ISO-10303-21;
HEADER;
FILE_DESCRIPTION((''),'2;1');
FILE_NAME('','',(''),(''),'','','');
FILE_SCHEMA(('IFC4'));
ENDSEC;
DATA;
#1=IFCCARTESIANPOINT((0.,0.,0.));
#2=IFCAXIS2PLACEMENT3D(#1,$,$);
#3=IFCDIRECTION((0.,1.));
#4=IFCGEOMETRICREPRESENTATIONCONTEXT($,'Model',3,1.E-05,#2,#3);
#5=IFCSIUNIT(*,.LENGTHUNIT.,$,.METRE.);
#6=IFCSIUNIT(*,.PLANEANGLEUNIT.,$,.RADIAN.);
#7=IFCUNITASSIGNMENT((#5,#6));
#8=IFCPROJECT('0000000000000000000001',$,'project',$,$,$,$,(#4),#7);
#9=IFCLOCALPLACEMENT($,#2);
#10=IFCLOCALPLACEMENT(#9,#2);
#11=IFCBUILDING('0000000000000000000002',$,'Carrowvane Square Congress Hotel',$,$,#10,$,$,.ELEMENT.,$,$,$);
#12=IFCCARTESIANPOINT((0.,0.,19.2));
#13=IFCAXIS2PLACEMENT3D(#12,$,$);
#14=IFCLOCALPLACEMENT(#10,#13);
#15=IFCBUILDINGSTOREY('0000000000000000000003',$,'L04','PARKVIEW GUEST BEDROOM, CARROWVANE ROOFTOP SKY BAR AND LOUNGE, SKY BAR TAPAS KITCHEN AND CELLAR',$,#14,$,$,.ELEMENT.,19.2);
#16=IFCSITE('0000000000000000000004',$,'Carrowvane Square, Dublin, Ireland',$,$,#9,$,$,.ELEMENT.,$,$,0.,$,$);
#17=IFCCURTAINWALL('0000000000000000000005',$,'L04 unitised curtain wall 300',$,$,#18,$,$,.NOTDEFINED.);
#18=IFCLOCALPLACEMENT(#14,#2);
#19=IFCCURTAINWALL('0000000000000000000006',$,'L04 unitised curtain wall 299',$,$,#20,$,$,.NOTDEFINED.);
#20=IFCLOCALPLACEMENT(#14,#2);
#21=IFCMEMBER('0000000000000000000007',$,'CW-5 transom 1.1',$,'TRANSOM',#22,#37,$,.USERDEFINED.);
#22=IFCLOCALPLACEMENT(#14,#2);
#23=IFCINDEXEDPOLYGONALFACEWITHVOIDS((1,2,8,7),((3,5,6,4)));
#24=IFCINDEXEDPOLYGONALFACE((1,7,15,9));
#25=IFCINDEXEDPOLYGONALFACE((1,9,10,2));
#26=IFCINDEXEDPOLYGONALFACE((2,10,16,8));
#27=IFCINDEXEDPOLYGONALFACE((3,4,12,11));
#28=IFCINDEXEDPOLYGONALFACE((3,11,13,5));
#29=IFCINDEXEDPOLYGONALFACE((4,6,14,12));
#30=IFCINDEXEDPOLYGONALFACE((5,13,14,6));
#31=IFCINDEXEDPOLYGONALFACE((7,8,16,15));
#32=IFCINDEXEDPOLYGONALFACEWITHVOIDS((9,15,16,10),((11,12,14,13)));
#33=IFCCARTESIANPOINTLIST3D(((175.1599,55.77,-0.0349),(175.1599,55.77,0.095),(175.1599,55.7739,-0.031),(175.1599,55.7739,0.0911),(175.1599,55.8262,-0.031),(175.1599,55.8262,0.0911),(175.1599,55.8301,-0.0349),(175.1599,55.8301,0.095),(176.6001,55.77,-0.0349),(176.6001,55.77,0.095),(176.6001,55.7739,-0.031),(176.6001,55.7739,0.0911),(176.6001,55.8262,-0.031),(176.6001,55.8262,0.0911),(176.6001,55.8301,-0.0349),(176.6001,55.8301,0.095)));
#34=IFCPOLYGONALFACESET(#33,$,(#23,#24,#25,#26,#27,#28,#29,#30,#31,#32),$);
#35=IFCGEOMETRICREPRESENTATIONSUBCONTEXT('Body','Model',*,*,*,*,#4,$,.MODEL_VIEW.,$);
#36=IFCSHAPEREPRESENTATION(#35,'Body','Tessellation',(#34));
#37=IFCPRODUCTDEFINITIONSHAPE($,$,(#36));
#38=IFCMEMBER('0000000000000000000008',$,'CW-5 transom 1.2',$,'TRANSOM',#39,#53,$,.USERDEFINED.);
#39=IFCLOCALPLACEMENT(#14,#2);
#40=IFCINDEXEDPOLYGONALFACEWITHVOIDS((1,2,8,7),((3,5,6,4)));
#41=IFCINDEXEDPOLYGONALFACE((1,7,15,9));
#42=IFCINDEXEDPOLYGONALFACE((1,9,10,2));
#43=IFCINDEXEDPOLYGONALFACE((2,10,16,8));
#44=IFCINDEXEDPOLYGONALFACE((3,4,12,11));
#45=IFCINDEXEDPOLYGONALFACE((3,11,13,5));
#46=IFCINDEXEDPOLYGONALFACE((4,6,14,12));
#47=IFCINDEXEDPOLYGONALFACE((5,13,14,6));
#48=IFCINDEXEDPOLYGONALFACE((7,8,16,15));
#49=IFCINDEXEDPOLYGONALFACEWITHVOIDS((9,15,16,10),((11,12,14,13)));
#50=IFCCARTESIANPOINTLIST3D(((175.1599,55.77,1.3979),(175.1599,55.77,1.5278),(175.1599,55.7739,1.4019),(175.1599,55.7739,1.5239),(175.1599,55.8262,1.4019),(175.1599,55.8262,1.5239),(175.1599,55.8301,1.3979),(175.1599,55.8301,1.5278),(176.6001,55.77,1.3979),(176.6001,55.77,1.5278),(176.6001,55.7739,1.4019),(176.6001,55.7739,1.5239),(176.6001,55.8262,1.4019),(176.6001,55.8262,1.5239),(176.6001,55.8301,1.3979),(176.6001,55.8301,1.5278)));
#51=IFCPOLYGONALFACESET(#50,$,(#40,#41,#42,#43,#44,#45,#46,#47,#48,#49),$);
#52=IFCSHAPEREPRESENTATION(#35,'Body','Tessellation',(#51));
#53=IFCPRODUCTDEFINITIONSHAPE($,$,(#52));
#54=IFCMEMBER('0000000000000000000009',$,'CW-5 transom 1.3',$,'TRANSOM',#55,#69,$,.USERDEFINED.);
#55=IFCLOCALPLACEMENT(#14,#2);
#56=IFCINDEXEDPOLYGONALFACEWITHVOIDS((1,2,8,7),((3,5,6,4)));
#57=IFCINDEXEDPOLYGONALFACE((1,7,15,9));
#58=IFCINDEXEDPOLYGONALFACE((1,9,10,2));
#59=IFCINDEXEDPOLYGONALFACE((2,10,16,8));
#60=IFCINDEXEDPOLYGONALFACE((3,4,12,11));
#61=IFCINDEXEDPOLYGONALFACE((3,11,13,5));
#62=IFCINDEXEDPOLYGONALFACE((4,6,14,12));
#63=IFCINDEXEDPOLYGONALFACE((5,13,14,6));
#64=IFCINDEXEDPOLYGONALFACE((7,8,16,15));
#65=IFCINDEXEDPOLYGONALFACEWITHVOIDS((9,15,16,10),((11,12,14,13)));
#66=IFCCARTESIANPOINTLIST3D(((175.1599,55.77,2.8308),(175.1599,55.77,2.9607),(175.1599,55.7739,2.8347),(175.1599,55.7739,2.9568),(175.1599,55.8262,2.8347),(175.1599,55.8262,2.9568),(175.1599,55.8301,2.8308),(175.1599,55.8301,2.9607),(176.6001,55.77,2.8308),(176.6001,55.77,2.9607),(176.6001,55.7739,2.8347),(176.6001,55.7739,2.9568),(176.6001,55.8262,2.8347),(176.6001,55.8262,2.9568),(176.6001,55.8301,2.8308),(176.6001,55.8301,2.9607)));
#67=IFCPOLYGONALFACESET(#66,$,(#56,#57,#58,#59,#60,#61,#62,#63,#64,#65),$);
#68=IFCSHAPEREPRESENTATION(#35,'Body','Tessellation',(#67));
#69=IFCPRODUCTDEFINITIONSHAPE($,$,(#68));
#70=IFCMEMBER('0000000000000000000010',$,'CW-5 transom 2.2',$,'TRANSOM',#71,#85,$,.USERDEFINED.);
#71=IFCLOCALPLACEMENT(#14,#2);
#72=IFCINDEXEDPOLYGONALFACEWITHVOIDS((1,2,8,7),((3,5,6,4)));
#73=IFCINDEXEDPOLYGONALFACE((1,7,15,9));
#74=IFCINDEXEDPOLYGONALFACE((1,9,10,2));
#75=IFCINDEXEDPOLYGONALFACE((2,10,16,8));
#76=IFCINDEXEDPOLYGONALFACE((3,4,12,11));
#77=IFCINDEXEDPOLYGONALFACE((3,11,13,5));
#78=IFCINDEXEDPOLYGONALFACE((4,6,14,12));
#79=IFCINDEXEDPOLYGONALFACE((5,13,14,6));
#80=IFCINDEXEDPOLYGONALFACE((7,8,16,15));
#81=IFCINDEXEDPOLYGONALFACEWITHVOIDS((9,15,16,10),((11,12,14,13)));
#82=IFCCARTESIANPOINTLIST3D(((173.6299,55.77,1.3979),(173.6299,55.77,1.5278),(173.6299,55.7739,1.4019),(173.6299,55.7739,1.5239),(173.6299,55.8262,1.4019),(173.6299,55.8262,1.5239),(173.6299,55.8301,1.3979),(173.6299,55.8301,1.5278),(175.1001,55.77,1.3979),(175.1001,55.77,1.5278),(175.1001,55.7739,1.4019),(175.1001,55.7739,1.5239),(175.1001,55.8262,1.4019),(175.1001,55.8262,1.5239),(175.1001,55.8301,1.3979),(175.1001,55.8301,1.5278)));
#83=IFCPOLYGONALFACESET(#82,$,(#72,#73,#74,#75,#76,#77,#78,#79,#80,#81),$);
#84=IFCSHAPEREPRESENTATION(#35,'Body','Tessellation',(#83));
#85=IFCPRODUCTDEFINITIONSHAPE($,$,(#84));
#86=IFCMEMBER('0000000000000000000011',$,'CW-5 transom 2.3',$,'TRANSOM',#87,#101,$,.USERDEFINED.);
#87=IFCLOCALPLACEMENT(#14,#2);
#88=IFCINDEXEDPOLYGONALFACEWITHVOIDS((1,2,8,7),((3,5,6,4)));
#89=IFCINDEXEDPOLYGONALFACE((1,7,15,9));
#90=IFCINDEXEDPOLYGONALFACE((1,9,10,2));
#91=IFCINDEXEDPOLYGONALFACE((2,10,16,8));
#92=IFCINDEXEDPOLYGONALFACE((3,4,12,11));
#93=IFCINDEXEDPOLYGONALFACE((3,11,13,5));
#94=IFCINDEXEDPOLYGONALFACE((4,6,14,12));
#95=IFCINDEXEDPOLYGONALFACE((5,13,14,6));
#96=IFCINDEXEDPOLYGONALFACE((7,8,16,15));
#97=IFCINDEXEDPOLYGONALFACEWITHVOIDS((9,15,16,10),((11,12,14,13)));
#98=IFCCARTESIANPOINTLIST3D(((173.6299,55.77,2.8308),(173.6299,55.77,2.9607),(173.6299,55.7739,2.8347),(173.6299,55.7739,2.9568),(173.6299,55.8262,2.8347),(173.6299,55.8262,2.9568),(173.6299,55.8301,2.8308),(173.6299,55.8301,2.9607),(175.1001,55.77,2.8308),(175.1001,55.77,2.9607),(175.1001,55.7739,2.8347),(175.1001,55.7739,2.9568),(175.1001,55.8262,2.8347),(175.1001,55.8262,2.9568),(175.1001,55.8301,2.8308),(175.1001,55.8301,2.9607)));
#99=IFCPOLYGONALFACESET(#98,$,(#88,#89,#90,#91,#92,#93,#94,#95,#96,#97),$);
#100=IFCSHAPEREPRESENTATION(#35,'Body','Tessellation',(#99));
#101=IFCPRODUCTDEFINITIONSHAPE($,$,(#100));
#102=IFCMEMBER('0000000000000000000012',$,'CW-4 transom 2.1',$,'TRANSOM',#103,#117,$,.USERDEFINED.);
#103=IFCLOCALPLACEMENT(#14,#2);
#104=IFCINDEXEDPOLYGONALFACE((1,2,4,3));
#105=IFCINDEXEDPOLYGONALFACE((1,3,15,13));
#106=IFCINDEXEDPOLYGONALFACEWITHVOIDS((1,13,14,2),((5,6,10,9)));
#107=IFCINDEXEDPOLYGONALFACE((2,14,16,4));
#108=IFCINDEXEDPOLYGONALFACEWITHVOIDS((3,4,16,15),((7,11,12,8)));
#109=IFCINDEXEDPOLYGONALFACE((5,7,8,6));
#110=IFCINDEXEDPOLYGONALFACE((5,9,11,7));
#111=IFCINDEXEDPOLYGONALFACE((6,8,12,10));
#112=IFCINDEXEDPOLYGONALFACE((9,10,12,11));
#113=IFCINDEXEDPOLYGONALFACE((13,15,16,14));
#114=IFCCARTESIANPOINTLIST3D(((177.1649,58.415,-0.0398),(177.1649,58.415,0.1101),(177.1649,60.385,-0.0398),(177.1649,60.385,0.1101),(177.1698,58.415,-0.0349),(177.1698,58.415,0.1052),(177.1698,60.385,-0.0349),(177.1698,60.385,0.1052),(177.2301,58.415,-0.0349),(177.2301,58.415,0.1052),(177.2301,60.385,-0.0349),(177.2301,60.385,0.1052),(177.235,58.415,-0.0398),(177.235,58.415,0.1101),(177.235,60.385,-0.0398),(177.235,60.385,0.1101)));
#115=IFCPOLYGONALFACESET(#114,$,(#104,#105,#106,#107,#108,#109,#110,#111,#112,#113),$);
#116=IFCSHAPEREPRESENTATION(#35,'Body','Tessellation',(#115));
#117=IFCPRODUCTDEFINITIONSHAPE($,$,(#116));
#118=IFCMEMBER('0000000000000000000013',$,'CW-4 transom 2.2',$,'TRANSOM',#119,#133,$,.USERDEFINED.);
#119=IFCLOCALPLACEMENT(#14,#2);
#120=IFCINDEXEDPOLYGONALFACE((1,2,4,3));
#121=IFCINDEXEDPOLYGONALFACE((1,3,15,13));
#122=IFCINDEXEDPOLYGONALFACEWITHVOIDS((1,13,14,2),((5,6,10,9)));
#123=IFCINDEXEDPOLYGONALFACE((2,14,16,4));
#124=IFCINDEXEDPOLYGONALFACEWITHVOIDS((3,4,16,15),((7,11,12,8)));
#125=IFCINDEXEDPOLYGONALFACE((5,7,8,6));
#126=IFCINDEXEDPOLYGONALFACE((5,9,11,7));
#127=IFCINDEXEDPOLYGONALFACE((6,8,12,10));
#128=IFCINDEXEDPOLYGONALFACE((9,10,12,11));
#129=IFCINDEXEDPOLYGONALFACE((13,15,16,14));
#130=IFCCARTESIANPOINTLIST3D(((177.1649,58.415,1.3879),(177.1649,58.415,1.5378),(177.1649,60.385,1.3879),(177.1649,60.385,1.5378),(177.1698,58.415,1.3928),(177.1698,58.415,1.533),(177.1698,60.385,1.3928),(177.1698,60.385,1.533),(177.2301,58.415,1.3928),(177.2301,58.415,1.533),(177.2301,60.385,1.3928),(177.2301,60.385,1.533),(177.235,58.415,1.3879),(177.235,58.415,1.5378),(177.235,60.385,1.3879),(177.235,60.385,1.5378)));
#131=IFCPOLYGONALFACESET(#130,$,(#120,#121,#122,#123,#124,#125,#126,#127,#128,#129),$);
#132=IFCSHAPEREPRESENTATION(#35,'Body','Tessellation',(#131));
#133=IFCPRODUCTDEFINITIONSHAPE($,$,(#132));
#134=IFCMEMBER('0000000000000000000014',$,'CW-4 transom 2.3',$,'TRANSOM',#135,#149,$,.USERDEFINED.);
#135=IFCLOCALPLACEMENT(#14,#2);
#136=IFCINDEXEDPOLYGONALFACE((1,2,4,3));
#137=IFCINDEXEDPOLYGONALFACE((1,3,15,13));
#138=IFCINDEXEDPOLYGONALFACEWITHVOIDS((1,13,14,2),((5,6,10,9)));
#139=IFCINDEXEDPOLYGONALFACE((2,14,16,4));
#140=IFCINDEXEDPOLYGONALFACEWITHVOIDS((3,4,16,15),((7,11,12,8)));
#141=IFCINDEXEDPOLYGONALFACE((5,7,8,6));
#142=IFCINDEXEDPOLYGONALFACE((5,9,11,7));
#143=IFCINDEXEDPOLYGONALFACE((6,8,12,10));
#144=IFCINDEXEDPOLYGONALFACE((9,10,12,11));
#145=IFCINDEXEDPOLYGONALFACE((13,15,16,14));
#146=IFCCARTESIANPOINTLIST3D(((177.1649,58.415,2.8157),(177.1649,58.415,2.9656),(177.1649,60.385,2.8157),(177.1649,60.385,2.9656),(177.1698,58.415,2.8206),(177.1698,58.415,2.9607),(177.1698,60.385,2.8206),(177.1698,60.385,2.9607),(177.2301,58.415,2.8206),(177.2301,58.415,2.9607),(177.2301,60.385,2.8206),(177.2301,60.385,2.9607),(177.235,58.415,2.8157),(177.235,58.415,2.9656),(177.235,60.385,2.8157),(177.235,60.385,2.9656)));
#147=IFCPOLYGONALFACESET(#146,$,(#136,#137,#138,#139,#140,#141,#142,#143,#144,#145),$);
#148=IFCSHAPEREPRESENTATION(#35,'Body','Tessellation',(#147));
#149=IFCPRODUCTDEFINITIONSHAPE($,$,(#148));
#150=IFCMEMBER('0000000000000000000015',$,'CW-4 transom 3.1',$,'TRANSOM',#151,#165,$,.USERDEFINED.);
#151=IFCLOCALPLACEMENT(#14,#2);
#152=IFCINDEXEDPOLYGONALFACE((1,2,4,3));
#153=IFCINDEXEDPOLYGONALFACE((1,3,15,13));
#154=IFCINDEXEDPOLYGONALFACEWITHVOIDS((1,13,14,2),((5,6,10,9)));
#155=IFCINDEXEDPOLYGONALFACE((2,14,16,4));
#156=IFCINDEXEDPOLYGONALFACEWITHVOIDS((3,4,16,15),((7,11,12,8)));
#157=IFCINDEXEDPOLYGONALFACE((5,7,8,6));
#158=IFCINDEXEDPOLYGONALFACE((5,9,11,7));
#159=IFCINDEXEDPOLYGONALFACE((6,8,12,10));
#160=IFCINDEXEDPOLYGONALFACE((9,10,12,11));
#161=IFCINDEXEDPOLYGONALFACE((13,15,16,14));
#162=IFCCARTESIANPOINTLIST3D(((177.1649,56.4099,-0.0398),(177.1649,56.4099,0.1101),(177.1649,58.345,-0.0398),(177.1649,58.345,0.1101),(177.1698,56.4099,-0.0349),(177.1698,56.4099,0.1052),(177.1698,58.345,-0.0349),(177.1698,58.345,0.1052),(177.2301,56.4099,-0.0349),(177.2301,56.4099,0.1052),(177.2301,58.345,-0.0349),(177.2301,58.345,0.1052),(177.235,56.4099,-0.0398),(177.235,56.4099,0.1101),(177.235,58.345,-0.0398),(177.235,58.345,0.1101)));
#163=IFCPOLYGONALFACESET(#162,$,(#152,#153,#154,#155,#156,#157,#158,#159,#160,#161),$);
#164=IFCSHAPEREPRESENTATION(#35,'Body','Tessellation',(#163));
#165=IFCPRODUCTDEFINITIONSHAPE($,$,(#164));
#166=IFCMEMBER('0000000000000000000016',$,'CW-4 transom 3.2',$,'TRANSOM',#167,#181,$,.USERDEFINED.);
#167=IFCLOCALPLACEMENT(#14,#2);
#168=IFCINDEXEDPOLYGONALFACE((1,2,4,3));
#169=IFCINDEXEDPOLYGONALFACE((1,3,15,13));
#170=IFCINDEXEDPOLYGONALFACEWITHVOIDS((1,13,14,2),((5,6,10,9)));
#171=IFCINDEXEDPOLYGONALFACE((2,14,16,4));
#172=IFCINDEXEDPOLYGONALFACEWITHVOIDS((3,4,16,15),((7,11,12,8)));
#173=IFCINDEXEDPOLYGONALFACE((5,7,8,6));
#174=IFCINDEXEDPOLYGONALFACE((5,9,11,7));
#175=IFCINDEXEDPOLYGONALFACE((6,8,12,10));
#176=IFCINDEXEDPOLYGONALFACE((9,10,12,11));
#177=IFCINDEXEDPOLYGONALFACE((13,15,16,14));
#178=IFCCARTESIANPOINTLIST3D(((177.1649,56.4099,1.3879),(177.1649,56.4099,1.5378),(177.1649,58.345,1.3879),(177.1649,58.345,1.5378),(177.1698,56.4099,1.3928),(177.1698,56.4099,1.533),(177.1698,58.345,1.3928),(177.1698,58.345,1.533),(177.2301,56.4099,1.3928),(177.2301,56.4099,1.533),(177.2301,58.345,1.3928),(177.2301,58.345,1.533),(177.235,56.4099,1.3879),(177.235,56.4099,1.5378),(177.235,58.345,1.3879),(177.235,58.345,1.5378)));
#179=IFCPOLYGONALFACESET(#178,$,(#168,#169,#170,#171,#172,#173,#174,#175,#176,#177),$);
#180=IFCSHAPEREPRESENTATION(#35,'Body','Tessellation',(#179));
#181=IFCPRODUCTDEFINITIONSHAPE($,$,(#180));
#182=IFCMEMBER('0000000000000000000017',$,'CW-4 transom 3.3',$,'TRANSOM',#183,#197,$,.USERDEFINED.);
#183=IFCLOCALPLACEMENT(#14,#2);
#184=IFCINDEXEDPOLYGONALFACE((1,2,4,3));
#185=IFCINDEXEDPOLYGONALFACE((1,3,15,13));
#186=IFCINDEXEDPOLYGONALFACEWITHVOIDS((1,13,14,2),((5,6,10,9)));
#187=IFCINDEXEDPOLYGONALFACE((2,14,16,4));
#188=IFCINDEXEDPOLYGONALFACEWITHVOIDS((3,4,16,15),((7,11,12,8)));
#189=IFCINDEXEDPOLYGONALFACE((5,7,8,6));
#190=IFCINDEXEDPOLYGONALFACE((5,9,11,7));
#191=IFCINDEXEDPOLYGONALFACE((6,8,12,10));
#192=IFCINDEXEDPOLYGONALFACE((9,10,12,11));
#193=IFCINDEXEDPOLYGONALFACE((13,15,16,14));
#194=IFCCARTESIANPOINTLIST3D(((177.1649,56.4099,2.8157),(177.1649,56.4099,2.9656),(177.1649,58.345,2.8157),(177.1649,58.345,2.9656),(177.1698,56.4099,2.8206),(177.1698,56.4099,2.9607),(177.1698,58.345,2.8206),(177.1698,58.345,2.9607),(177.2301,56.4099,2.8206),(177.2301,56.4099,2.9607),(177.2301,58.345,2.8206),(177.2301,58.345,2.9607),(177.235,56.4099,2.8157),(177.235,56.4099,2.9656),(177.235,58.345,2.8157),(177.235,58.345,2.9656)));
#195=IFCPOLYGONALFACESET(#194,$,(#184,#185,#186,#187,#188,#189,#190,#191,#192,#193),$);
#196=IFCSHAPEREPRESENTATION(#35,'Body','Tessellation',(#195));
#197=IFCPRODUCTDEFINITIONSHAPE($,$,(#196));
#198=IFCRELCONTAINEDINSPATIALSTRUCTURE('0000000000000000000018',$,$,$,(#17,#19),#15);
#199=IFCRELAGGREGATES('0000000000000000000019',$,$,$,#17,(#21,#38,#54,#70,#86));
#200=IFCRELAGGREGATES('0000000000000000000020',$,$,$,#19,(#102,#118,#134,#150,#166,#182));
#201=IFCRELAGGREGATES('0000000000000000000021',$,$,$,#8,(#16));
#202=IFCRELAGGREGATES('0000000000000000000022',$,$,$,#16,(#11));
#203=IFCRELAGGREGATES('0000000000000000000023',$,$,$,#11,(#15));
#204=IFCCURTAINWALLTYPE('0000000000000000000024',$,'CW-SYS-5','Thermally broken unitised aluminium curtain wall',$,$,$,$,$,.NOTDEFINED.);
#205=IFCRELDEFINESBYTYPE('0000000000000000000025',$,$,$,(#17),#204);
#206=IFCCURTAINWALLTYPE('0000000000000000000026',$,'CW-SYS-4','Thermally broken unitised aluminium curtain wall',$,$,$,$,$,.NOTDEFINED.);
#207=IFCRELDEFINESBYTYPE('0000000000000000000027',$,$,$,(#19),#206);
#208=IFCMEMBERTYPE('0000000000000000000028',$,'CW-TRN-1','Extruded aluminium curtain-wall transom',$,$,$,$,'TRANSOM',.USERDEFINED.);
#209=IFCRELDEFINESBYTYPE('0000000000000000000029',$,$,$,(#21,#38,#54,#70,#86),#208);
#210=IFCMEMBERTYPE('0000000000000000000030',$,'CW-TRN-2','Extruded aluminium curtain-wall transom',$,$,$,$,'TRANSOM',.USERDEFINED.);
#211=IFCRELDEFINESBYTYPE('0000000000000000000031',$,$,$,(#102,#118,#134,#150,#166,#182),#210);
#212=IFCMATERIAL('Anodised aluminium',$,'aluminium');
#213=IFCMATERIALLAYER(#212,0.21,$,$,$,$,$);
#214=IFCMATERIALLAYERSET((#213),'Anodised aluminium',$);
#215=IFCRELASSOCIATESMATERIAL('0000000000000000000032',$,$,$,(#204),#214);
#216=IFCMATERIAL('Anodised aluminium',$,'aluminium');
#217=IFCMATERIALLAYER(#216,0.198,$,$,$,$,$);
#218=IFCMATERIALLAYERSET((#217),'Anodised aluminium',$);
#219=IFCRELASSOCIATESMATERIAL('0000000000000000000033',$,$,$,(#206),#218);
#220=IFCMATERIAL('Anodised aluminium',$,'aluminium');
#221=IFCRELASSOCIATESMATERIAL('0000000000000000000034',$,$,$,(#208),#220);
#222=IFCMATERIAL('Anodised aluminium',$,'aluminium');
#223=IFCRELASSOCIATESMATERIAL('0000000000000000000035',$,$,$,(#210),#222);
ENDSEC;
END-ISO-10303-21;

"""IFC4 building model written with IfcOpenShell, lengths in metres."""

from ifc_helpers import new_model, si_unit, direction, frame, origin, origin_2d, place, context, subcontext, project, spatial, hollow_rectangle, extrude, material, layer, layer_set, material_profile, profile_set, type_object, element, aggregate, save


model = new_model("IFC4")

# Units and contexts
model_context = context("Model", 3, precision=1e-05, world=origin(), true_north=direction((0.0, 1.0)))
body_context = subcontext(model_context, "Body", "Model", "MODEL_VIEW")
ifc_project = project(units=[si_unit("LENGTHUNIT", "METRE"), si_unit("PLANEANGLEUNIT", "RADIAN")], contexts=[model_context])

# Site, building, storey
site_placement = place(None, origin())
site = spatial("IfcSite", under=ifc_project, at=site_placement, Name="Carrowvane Square, Dublin, Ireland", CompositionType="ELEMENT", RefElevation=0.0)
building_placement = place(site_placement, origin())
building = spatial("IfcBuilding", under=site, at=building_placement, Name="Carrowvane Square Congress Hotel", CompositionType="ELEMENT")
storey_placement = place(building_placement, frame((0.0, 0.0, 19.2)))
storey = spatial("IfcBuildingStorey", under=building, at=storey_placement, Name="L04", Description="PARKVIEW GUEST BEDROOM, CARROWVANE ROOFTOP SKY BAR AND LOUNGE, SKY BAR TAPAS KITCHEN AND CELLAR", CompositionType="ELEMENT", Elevation=19.2)

# Curtain walls
ifc_material_1 = material(Name="Anodised aluminium", Category="aluminium")
ifc_layer_1 = layer(ifc_material_1, 0.21)
ifc_layer_set_1 = layer_set([ifc_layer_1], Name="Anodised aluminium")
curtain_wall_type_1 = type_object("IfcCurtainWallType", Name="CW-SYS-5", Description="Thermally broken unitised aluminium curtain wall", PredefinedType="NOTDEFINED", material=ifc_layer_set_1)
curtain_wall_1_placement = place(storey_placement, origin())
curtain_wall_1 = element("IfcCurtainWall", 1, at=curtain_wall_1_placement, inside=storey, type_object=curtain_wall_type_1, Name="L04 unitised curtain wall 300", PredefinedType="NOTDEFINED")
ifc_material_2 = material(Name="Anodised aluminium", Category="aluminium")
ifc_layer_2 = layer(ifc_material_2, 0.198)
ifc_layer_set_2 = layer_set([ifc_layer_2], Name="Anodised aluminium")
curtain_wall_type_2 = type_object("IfcCurtainWallType", Name="CW-SYS-4", Description="Thermally broken unitised aluminium curtain wall", PredefinedType="NOTDEFINED", material=ifc_layer_set_2)
curtain_wall_2_placement = place(storey_placement, origin())
curtain_wall_2 = element("IfcCurtainWall", 2, at=curtain_wall_2_placement, inside=storey, type_object=curtain_wall_type_2, Name="L04 unitised curtain wall 299", PredefinedType="NOTDEFINED")

# Members
ifc_material_3 = material(Name="Anodised aluminium", Category="aluminium")
ifc_material_profile_1 = material_profile(ifc_material_3, hollow_rectangle(XDim=0.0601, YDim=0.1299, WallThickness=0.0039, at=origin_2d()), Name="CW-TR 60x130x4")
ifc_profile_set_1 = profile_set([ifc_material_profile_1], Name="Anodised aluminium")
member_type_1 = type_object("IfcMemberType", Name="CW-TRN-1", Description="Extruded aluminium curtain-wall transom", ElementType="TRANSOM", PredefinedType="USERDEFINED", material=ifc_profile_set_1)
member_1_placement = place(storey_placement, frame((176.6001, 55.8, 0.03), z_axis=(-1.0, 0.0, 0.0), x_axis=(0.0, -1.0, 0.0)))
member_1 = element("IfcMember", 3, at=member_1_placement, type_object=member_type_1, Name="CW-5 transom 1.1", ObjectType="TRANSOM", PredefinedType="USERDEFINED", context=body_context, shape_type="SweptSolid", body=[
    extrude(hollow_rectangle(XDim=0.0601, YDim=0.1299, WallThickness=0.0039, at=origin_2d()), origin(), (0.0, 0.0, 1.0), 1.4402),
])
member_2_placement = place(storey_placement, frame((176.6001, 55.8, 1.4629), z_axis=(-1.0, 0.0, 0.0), x_axis=(0.0, -1.0, 0.0)))
member_2 = element("IfcMember", 4, at=member_2_placement, type_object=member_type_1, Name="CW-5 transom 1.2", ObjectType="TRANSOM", PredefinedType="USERDEFINED", context=body_context, shape_type="SweptSolid", body=[
    extrude(hollow_rectangle(XDim=0.0601, YDim=0.1299, WallThickness=0.0039, at=origin_2d()), origin(), (0.0, 0.0, 1.0), 1.4402),
])
member_3_placement = place(storey_placement, frame((176.6001, 55.8, 2.8958), z_axis=(-1.0, 0.0, 0.0), x_axis=(0.0, -1.0, 0.0)))
member_3 = element("IfcMember", 5, at=member_3_placement, type_object=member_type_1, Name="CW-5 transom 1.3", ObjectType="TRANSOM", PredefinedType="USERDEFINED", context=body_context, shape_type="SweptSolid", body=[
    extrude(hollow_rectangle(XDim=0.0601, YDim=0.1299, WallThickness=0.0039, at=origin_2d()), origin(), (0.0, 0.0, 1.0), 1.4402),
])
member_4_placement = place(storey_placement, frame((175.1001, 55.8, 1.4629), z_axis=(-1.0, 0.0, 0.0), x_axis=(0.0, -1.0, 0.0)))
member_4 = element("IfcMember", 6, at=member_4_placement, type_object=member_type_1, Name="CW-5 transom 2.2", ObjectType="TRANSOM", PredefinedType="USERDEFINED", context=body_context, shape_type="SweptSolid", body=[
    extrude(hollow_rectangle(XDim=0.0601, YDim=0.1299, WallThickness=0.0039, at=origin_2d()), origin(), (0.0, 0.0, 1.0), 1.4702),
])
member_5_placement = place(storey_placement, frame((175.1001, 55.8, 2.8958), z_axis=(-1.0, 0.0, 0.0), x_axis=(0.0, -1.0, 0.0)))
member_5 = element("IfcMember", 7, at=member_5_placement, type_object=member_type_1, Name="CW-5 transom 2.3", ObjectType="TRANSOM", PredefinedType="USERDEFINED", context=body_context, shape_type="SweptSolid", body=[
    extrude(hollow_rectangle(XDim=0.0601, YDim=0.1299, WallThickness=0.0039, at=origin_2d()), origin(), (0.0, 0.0, 1.0), 1.4702),
])
ifc_material_4 = material(Name="Anodised aluminium", Category="aluminium")
ifc_material_profile_2 = material_profile(ifc_material_4, hollow_rectangle(XDim=0.0701, YDim=0.1499, WallThickness=0.0049, at=origin_2d()), Name="CW-TR 70x150x5")
ifc_profile_set_2 = profile_set([ifc_material_profile_2], Name="Anodised aluminium")
member_type_2 = type_object("IfcMemberType", Name="CW-TRN-2", Description="Extruded aluminium curtain-wall transom", ElementType="TRANSOM", PredefinedType="USERDEFINED", material=ifc_profile_set_2)
member_6_placement = place(storey_placement, frame((177.2, 60.385, 0.0352), z_axis=(0.0, -1.0, 0.0), x_axis=(1.0, 0.0, 0.0)))
member_6 = element("IfcMember", 8, at=member_6_placement, type_object=member_type_2, Name="CW-4 transom 2.1", ObjectType="TRANSOM", PredefinedType="USERDEFINED", context=body_context, shape_type="SweptSolid", body=[
    extrude(hollow_rectangle(XDim=0.0701, YDim=0.1499, WallThickness=0.0049, at=origin_2d()), origin(), (0.0, 0.0, 1.0), 1.97),
])
member_7_placement = place(storey_placement, frame((177.2, 60.385, 1.4629), z_axis=(0.0, -1.0, 0.0), x_axis=(1.0, 0.0, 0.0)))
member_7 = element("IfcMember", 9, at=member_7_placement, type_object=member_type_2, Name="CW-4 transom 2.2", ObjectType="TRANSOM", PredefinedType="USERDEFINED", context=body_context, shape_type="SweptSolid", body=[
    extrude(hollow_rectangle(XDim=0.0701, YDim=0.1499, WallThickness=0.0049, at=origin_2d()), origin(), (0.0, 0.0, 1.0), 1.97),
])
member_8_placement = place(storey_placement, frame((177.2, 60.385, 2.8906), z_axis=(0.0, -1.0, 0.0), x_axis=(1.0, 0.0, 0.0)))
member_8 = element("IfcMember", 10, at=member_8_placement, type_object=member_type_2, Name="CW-4 transom 2.3", ObjectType="TRANSOM", PredefinedType="USERDEFINED", context=body_context, shape_type="SweptSolid", body=[
    extrude(hollow_rectangle(XDim=0.0701, YDim=0.1499, WallThickness=0.0049, at=origin_2d()), origin(), (0.0, 0.0, 1.0), 1.97),
])
member_9_placement = place(storey_placement, frame((177.2, 58.345, 0.0352), z_axis=(0.0, -1.0, 0.0), x_axis=(1.0, 0.0, 0.0)))
member_9 = element("IfcMember", 11, at=member_9_placement, type_object=member_type_2, Name="CW-4 transom 3.1", ObjectType="TRANSOM", PredefinedType="USERDEFINED", context=body_context, shape_type="SweptSolid", body=[
    extrude(hollow_rectangle(XDim=0.0701, YDim=0.1499, WallThickness=0.0049, at=origin_2d()), origin(), (0.0, 0.0, 1.0), 1.9351),
])
member_10_placement = place(storey_placement, frame((177.2, 58.345, 1.4629), z_axis=(0.0, -1.0, 0.0), x_axis=(1.0, 0.0, 0.0)))
member_10 = element("IfcMember", 12, at=member_10_placement, type_object=member_type_2, Name="CW-4 transom 3.2", ObjectType="TRANSOM", PredefinedType="USERDEFINED", context=body_context, shape_type="SweptSolid", body=[
    extrude(hollow_rectangle(XDim=0.0701, YDim=0.1499, WallThickness=0.0049, at=origin_2d()), origin(), (0.0, 0.0, 1.0), 1.9351),
])
member_11_placement = place(storey_placement, frame((177.2, 58.345, 2.8906), z_axis=(0.0, -1.0, 0.0), x_axis=(1.0, 0.0, 0.0)))
member_11 = element("IfcMember", 13, at=member_11_placement, type_object=member_type_2, Name="CW-4 transom 3.3", ObjectType="TRANSOM", PredefinedType="USERDEFINED", context=body_context, shape_type="SweptSolid", body=[
    extrude(hollow_rectangle(XDim=0.0701, YDim=0.1499, WallThickness=0.0049, at=origin_2d()), origin(), (0.0, 0.0, 1.0), 1.9351),
])

aggregate(curtain_wall_1, [member_1, member_2, member_3, member_4, member_5])
aggregate(curtain_wall_2, [member_6, member_7, member_8, member_9, member_10, member_11])

save(model, "model.ifc")
